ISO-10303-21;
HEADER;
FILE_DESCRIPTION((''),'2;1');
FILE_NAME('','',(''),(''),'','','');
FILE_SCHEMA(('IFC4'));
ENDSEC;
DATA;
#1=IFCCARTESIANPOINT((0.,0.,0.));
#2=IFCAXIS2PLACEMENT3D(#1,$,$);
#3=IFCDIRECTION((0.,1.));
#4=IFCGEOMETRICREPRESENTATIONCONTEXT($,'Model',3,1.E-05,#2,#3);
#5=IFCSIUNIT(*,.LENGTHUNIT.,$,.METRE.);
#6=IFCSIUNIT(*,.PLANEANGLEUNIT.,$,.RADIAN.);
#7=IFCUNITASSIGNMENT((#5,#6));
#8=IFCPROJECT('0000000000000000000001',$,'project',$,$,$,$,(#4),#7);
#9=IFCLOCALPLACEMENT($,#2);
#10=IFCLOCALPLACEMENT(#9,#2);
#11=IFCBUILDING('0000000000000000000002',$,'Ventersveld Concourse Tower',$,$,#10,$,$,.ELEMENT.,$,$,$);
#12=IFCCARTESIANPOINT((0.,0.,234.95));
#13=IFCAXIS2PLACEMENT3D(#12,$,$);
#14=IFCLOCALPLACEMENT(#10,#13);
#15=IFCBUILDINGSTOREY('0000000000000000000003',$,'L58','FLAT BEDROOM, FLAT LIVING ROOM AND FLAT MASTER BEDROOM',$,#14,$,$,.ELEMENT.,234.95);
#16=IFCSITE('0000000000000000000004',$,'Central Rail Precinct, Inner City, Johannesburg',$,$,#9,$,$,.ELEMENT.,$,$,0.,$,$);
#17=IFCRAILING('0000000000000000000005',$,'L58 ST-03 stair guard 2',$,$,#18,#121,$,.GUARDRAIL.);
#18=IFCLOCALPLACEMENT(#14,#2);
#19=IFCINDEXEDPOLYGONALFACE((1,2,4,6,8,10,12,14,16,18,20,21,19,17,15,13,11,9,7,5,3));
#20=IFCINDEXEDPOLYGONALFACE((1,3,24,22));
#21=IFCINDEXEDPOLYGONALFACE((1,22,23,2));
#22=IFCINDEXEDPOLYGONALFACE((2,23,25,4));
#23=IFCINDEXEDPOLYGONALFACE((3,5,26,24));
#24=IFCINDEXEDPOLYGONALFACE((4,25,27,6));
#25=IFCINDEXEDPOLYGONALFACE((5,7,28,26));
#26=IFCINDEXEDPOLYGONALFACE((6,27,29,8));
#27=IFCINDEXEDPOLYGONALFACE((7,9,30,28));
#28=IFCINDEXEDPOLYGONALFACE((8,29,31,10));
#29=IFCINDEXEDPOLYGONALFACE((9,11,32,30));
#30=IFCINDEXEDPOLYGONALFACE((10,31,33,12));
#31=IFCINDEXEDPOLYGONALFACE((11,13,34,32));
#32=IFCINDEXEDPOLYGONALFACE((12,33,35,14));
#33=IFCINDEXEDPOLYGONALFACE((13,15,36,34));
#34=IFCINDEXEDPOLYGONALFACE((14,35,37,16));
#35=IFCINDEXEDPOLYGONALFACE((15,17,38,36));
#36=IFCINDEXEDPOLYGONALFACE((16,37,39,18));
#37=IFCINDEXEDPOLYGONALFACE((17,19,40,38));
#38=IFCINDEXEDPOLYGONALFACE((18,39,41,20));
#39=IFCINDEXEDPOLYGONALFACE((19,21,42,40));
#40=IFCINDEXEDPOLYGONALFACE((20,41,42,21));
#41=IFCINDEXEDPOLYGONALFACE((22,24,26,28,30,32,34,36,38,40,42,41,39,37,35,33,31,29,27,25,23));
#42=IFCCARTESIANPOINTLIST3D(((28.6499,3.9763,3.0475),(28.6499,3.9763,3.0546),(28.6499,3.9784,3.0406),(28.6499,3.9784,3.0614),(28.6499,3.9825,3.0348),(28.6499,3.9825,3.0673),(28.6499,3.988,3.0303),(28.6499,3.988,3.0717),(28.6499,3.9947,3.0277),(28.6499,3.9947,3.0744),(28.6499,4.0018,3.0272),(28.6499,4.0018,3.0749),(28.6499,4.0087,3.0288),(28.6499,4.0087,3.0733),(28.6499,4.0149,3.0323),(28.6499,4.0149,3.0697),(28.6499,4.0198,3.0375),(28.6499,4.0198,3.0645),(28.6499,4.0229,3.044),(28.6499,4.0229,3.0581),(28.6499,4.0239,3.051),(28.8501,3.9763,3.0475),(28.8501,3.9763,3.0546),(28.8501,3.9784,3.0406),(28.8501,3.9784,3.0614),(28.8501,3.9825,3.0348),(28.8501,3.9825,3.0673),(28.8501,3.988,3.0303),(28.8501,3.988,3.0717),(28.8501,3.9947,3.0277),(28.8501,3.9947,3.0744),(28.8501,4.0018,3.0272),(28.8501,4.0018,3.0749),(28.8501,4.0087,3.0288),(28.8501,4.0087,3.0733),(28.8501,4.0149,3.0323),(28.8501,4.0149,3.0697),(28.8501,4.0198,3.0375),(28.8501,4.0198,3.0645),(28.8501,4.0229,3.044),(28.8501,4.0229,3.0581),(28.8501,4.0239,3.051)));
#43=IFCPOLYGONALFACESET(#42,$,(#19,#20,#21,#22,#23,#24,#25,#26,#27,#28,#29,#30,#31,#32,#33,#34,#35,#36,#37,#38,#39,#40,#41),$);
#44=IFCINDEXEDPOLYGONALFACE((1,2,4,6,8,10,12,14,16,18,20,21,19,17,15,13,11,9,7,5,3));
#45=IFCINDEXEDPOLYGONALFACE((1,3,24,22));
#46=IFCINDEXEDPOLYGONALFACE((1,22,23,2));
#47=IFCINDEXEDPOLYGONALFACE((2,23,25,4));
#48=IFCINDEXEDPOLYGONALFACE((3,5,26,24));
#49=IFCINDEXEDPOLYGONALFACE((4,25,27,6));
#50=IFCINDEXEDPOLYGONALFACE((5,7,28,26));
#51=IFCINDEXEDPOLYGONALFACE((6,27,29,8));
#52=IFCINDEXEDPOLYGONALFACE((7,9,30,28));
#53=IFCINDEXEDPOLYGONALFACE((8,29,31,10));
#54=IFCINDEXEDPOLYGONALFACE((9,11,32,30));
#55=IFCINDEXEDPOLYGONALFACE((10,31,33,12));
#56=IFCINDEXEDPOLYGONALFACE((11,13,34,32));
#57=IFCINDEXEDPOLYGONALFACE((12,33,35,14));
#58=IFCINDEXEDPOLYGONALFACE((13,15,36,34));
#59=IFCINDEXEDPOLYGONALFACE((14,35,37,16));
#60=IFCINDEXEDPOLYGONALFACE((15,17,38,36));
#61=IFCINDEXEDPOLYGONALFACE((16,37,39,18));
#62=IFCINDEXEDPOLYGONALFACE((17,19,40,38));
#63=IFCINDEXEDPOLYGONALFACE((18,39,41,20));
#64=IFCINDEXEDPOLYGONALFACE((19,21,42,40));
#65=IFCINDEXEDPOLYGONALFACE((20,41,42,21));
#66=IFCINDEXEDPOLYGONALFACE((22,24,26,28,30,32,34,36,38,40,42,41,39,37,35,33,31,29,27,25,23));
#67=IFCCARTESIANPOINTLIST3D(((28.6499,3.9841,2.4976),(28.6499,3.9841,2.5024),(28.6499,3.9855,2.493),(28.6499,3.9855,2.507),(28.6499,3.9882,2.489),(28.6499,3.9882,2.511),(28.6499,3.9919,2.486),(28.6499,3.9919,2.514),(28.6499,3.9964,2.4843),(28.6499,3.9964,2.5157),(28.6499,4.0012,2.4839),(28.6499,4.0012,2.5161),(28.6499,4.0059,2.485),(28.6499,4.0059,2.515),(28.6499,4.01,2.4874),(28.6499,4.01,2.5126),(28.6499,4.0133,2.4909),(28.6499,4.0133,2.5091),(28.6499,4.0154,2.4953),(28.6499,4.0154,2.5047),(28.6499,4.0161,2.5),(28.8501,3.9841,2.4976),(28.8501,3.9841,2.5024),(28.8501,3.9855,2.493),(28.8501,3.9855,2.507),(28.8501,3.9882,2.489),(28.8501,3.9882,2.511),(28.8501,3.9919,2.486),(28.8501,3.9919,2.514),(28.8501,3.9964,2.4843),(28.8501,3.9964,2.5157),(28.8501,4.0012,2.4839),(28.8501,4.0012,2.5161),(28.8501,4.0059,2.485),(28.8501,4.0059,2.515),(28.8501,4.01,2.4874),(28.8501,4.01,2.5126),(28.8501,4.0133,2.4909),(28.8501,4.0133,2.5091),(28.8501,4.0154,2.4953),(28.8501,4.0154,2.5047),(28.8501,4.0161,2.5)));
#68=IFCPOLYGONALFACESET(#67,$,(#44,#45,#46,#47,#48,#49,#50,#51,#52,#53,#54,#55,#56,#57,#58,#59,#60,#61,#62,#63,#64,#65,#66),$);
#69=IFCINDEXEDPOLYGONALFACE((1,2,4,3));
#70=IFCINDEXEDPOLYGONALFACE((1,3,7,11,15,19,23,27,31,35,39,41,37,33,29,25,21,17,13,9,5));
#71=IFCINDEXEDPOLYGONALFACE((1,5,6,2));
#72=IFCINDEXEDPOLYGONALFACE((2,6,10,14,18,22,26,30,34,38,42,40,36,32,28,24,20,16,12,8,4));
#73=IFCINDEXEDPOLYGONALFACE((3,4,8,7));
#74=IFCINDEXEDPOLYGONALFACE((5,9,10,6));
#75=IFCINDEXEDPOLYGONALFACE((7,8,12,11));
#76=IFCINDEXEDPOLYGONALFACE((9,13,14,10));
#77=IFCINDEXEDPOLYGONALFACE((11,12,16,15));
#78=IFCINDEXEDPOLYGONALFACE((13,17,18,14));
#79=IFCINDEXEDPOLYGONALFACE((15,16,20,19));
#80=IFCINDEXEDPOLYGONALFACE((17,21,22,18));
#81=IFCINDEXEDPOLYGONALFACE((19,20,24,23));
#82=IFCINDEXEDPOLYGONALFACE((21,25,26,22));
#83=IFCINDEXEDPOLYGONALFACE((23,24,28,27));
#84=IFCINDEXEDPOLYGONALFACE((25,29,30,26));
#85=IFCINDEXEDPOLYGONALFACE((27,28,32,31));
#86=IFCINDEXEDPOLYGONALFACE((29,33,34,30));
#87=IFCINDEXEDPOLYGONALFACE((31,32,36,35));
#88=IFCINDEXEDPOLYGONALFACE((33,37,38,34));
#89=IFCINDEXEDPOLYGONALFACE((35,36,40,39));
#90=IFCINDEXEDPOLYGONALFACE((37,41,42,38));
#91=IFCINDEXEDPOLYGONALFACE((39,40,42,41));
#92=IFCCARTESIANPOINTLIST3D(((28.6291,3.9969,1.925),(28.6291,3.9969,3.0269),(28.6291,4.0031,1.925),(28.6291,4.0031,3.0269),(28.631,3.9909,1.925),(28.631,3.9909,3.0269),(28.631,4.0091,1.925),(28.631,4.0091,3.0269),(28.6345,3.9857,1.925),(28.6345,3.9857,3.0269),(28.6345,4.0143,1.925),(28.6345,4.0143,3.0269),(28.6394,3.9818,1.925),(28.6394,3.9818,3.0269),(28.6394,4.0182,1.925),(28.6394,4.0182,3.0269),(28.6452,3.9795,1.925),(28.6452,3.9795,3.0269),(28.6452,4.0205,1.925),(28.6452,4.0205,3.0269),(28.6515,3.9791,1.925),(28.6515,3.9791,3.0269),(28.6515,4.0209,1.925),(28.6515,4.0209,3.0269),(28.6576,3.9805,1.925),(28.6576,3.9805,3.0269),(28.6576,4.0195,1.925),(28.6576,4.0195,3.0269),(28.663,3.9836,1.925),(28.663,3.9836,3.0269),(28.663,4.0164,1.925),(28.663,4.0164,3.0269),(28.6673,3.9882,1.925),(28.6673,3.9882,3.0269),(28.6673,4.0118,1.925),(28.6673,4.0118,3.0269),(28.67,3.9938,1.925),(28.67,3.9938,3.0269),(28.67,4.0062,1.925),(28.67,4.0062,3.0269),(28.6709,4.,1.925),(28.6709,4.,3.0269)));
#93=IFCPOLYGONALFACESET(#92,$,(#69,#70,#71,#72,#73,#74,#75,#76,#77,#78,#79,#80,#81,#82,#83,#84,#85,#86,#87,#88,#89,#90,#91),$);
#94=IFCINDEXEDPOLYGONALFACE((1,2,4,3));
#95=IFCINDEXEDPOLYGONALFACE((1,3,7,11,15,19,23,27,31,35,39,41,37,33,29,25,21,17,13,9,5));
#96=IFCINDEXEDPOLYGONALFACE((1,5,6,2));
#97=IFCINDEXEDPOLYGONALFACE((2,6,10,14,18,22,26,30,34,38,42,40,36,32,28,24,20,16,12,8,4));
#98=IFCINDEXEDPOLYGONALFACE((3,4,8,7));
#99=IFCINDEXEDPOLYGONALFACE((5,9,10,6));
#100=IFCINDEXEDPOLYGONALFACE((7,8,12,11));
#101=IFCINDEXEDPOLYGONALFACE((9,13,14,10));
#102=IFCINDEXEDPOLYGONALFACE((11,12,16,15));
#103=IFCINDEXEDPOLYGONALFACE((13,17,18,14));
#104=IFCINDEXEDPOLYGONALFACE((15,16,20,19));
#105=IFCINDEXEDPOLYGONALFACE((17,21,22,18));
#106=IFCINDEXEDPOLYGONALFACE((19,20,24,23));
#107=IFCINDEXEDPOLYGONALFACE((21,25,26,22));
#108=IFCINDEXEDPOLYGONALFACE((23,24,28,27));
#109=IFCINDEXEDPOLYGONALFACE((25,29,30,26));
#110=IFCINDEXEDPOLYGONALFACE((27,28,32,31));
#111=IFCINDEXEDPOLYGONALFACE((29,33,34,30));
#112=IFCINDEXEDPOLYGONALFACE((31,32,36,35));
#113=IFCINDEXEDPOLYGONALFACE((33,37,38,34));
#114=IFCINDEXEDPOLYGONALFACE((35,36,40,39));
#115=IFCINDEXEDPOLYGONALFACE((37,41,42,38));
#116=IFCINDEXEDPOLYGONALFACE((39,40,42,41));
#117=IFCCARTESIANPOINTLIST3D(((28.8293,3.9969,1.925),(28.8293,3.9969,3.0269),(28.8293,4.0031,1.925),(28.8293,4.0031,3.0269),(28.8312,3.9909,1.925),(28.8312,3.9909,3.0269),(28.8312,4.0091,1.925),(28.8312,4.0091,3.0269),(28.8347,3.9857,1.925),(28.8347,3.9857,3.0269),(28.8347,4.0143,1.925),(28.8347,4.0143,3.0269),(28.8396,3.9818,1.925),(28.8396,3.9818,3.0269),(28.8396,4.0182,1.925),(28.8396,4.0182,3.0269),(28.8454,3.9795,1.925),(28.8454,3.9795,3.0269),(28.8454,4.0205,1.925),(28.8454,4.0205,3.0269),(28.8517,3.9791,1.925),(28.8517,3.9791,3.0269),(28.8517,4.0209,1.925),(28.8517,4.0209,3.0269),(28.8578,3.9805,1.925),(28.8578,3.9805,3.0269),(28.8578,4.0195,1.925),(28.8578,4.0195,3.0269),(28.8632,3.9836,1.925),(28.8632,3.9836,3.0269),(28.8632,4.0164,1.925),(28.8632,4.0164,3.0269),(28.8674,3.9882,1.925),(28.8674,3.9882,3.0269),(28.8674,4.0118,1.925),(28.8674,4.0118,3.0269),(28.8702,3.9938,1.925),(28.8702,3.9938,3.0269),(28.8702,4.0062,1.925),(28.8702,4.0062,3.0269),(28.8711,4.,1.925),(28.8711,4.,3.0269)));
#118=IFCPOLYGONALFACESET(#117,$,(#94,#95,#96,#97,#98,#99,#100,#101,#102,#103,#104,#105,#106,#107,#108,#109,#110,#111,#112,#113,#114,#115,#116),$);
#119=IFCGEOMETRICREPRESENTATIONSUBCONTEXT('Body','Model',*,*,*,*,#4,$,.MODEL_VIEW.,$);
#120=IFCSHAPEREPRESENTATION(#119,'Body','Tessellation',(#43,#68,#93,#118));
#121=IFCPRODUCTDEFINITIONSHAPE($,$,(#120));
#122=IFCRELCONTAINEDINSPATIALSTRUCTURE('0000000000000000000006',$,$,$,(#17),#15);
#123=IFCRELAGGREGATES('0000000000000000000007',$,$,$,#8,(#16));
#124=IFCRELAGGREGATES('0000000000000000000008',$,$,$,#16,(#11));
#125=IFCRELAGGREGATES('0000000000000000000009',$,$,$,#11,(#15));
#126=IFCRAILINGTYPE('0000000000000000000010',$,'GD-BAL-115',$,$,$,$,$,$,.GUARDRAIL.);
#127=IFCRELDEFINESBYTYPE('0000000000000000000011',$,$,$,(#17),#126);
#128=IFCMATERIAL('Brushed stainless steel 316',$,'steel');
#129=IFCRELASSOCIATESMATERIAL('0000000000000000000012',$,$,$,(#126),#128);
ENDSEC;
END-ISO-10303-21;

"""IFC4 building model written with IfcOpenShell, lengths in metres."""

from ifc_helpers import new_model, si_unit, direction, frame, origin, origin_2d, place, context, subcontext, project, spatial, circle, extrude, material, type_object, element, save


model = new_model("IFC4")

# Units and contexts
model_context = context("Model", 3, precision=1e-05, world=origin(), true_north=direction((0.0, 1.0)))
body_context = subcontext(model_context, "Body", "Model", "MODEL_VIEW")
ifc_project = project(units=[si_unit("LENGTHUNIT", "METRE"), si_unit("PLANEANGLEUNIT", "RADIAN")], contexts=[model_context])

# Site, building, storey
site_placement = place(None, origin())
site = spatial("IfcSite", under=ifc_project, at=site_placement, Name="Central Rail Precinct, Inner City, Johannesburg", CompositionType="ELEMENT", RefElevation=0.0)
building_placement = place(site_placement, origin())
building = spatial("IfcBuilding", under=site, at=building_placement, Name="Ventersveld Concourse Tower", CompositionType="ELEMENT")
storey_placement = place(building_placement, frame((0.0, 0.0, 234.95)))
storey = spatial("IfcBuildingStorey", under=building, at=storey_placement, Name="L58", Description="FLAT BEDROOM, FLAT LIVING ROOM AND FLAT MASTER BEDROOM", CompositionType="ELEMENT", Elevation=234.95)

# Shared definitions
ifc_material_1 = material(Name="Brushed stainless steel 316", Category="steel")

# Railing
railing_type = type_object("IfcRailingType", Name="GD-BAL-115", PredefinedType="GUARDRAIL", material=ifc_material_1)
railing_1_placement = place(storey_placement, frame((28.6499, 4.0, 1.925)))
element("IfcRailing", 1, at=railing_1_placement, inside=storey, type_object=railing_type, Name="L58 ST-03 stair guard 2", PredefinedType="GUARDRAIL", context=body_context, shape_type="SweptSolid", body=[
    extrude(circle(Radius=0.0239, at=origin_2d()), frame((0.0, 0.0, 1.126), z_axis=(1.0, 0.0, 0.0), x_axis=(0.0, 1.0, 0.0)), (0.0, 0.0, 1.0), 0.2002),
    extrude(circle(Radius=0.0161, at=origin_2d()), frame((0.0, 0.0, 0.575), z_axis=(1.0, 0.0, 0.0), x_axis=(0.0, 1.0, 0.0)), (0.0, 0.0, 1.0), 0.2002),
    extrude(circle(Radius=0.021, at=origin_2d()), origin(), (0.0, 0.0, 1.0), 1.1018),
    extrude(circle(Radius=0.021, at=origin_2d()), frame((0.2002, 0.0, 0.0)), (0.0, 0.0, 1.0), 1.1018),
])

save(model, "model.ifc")
